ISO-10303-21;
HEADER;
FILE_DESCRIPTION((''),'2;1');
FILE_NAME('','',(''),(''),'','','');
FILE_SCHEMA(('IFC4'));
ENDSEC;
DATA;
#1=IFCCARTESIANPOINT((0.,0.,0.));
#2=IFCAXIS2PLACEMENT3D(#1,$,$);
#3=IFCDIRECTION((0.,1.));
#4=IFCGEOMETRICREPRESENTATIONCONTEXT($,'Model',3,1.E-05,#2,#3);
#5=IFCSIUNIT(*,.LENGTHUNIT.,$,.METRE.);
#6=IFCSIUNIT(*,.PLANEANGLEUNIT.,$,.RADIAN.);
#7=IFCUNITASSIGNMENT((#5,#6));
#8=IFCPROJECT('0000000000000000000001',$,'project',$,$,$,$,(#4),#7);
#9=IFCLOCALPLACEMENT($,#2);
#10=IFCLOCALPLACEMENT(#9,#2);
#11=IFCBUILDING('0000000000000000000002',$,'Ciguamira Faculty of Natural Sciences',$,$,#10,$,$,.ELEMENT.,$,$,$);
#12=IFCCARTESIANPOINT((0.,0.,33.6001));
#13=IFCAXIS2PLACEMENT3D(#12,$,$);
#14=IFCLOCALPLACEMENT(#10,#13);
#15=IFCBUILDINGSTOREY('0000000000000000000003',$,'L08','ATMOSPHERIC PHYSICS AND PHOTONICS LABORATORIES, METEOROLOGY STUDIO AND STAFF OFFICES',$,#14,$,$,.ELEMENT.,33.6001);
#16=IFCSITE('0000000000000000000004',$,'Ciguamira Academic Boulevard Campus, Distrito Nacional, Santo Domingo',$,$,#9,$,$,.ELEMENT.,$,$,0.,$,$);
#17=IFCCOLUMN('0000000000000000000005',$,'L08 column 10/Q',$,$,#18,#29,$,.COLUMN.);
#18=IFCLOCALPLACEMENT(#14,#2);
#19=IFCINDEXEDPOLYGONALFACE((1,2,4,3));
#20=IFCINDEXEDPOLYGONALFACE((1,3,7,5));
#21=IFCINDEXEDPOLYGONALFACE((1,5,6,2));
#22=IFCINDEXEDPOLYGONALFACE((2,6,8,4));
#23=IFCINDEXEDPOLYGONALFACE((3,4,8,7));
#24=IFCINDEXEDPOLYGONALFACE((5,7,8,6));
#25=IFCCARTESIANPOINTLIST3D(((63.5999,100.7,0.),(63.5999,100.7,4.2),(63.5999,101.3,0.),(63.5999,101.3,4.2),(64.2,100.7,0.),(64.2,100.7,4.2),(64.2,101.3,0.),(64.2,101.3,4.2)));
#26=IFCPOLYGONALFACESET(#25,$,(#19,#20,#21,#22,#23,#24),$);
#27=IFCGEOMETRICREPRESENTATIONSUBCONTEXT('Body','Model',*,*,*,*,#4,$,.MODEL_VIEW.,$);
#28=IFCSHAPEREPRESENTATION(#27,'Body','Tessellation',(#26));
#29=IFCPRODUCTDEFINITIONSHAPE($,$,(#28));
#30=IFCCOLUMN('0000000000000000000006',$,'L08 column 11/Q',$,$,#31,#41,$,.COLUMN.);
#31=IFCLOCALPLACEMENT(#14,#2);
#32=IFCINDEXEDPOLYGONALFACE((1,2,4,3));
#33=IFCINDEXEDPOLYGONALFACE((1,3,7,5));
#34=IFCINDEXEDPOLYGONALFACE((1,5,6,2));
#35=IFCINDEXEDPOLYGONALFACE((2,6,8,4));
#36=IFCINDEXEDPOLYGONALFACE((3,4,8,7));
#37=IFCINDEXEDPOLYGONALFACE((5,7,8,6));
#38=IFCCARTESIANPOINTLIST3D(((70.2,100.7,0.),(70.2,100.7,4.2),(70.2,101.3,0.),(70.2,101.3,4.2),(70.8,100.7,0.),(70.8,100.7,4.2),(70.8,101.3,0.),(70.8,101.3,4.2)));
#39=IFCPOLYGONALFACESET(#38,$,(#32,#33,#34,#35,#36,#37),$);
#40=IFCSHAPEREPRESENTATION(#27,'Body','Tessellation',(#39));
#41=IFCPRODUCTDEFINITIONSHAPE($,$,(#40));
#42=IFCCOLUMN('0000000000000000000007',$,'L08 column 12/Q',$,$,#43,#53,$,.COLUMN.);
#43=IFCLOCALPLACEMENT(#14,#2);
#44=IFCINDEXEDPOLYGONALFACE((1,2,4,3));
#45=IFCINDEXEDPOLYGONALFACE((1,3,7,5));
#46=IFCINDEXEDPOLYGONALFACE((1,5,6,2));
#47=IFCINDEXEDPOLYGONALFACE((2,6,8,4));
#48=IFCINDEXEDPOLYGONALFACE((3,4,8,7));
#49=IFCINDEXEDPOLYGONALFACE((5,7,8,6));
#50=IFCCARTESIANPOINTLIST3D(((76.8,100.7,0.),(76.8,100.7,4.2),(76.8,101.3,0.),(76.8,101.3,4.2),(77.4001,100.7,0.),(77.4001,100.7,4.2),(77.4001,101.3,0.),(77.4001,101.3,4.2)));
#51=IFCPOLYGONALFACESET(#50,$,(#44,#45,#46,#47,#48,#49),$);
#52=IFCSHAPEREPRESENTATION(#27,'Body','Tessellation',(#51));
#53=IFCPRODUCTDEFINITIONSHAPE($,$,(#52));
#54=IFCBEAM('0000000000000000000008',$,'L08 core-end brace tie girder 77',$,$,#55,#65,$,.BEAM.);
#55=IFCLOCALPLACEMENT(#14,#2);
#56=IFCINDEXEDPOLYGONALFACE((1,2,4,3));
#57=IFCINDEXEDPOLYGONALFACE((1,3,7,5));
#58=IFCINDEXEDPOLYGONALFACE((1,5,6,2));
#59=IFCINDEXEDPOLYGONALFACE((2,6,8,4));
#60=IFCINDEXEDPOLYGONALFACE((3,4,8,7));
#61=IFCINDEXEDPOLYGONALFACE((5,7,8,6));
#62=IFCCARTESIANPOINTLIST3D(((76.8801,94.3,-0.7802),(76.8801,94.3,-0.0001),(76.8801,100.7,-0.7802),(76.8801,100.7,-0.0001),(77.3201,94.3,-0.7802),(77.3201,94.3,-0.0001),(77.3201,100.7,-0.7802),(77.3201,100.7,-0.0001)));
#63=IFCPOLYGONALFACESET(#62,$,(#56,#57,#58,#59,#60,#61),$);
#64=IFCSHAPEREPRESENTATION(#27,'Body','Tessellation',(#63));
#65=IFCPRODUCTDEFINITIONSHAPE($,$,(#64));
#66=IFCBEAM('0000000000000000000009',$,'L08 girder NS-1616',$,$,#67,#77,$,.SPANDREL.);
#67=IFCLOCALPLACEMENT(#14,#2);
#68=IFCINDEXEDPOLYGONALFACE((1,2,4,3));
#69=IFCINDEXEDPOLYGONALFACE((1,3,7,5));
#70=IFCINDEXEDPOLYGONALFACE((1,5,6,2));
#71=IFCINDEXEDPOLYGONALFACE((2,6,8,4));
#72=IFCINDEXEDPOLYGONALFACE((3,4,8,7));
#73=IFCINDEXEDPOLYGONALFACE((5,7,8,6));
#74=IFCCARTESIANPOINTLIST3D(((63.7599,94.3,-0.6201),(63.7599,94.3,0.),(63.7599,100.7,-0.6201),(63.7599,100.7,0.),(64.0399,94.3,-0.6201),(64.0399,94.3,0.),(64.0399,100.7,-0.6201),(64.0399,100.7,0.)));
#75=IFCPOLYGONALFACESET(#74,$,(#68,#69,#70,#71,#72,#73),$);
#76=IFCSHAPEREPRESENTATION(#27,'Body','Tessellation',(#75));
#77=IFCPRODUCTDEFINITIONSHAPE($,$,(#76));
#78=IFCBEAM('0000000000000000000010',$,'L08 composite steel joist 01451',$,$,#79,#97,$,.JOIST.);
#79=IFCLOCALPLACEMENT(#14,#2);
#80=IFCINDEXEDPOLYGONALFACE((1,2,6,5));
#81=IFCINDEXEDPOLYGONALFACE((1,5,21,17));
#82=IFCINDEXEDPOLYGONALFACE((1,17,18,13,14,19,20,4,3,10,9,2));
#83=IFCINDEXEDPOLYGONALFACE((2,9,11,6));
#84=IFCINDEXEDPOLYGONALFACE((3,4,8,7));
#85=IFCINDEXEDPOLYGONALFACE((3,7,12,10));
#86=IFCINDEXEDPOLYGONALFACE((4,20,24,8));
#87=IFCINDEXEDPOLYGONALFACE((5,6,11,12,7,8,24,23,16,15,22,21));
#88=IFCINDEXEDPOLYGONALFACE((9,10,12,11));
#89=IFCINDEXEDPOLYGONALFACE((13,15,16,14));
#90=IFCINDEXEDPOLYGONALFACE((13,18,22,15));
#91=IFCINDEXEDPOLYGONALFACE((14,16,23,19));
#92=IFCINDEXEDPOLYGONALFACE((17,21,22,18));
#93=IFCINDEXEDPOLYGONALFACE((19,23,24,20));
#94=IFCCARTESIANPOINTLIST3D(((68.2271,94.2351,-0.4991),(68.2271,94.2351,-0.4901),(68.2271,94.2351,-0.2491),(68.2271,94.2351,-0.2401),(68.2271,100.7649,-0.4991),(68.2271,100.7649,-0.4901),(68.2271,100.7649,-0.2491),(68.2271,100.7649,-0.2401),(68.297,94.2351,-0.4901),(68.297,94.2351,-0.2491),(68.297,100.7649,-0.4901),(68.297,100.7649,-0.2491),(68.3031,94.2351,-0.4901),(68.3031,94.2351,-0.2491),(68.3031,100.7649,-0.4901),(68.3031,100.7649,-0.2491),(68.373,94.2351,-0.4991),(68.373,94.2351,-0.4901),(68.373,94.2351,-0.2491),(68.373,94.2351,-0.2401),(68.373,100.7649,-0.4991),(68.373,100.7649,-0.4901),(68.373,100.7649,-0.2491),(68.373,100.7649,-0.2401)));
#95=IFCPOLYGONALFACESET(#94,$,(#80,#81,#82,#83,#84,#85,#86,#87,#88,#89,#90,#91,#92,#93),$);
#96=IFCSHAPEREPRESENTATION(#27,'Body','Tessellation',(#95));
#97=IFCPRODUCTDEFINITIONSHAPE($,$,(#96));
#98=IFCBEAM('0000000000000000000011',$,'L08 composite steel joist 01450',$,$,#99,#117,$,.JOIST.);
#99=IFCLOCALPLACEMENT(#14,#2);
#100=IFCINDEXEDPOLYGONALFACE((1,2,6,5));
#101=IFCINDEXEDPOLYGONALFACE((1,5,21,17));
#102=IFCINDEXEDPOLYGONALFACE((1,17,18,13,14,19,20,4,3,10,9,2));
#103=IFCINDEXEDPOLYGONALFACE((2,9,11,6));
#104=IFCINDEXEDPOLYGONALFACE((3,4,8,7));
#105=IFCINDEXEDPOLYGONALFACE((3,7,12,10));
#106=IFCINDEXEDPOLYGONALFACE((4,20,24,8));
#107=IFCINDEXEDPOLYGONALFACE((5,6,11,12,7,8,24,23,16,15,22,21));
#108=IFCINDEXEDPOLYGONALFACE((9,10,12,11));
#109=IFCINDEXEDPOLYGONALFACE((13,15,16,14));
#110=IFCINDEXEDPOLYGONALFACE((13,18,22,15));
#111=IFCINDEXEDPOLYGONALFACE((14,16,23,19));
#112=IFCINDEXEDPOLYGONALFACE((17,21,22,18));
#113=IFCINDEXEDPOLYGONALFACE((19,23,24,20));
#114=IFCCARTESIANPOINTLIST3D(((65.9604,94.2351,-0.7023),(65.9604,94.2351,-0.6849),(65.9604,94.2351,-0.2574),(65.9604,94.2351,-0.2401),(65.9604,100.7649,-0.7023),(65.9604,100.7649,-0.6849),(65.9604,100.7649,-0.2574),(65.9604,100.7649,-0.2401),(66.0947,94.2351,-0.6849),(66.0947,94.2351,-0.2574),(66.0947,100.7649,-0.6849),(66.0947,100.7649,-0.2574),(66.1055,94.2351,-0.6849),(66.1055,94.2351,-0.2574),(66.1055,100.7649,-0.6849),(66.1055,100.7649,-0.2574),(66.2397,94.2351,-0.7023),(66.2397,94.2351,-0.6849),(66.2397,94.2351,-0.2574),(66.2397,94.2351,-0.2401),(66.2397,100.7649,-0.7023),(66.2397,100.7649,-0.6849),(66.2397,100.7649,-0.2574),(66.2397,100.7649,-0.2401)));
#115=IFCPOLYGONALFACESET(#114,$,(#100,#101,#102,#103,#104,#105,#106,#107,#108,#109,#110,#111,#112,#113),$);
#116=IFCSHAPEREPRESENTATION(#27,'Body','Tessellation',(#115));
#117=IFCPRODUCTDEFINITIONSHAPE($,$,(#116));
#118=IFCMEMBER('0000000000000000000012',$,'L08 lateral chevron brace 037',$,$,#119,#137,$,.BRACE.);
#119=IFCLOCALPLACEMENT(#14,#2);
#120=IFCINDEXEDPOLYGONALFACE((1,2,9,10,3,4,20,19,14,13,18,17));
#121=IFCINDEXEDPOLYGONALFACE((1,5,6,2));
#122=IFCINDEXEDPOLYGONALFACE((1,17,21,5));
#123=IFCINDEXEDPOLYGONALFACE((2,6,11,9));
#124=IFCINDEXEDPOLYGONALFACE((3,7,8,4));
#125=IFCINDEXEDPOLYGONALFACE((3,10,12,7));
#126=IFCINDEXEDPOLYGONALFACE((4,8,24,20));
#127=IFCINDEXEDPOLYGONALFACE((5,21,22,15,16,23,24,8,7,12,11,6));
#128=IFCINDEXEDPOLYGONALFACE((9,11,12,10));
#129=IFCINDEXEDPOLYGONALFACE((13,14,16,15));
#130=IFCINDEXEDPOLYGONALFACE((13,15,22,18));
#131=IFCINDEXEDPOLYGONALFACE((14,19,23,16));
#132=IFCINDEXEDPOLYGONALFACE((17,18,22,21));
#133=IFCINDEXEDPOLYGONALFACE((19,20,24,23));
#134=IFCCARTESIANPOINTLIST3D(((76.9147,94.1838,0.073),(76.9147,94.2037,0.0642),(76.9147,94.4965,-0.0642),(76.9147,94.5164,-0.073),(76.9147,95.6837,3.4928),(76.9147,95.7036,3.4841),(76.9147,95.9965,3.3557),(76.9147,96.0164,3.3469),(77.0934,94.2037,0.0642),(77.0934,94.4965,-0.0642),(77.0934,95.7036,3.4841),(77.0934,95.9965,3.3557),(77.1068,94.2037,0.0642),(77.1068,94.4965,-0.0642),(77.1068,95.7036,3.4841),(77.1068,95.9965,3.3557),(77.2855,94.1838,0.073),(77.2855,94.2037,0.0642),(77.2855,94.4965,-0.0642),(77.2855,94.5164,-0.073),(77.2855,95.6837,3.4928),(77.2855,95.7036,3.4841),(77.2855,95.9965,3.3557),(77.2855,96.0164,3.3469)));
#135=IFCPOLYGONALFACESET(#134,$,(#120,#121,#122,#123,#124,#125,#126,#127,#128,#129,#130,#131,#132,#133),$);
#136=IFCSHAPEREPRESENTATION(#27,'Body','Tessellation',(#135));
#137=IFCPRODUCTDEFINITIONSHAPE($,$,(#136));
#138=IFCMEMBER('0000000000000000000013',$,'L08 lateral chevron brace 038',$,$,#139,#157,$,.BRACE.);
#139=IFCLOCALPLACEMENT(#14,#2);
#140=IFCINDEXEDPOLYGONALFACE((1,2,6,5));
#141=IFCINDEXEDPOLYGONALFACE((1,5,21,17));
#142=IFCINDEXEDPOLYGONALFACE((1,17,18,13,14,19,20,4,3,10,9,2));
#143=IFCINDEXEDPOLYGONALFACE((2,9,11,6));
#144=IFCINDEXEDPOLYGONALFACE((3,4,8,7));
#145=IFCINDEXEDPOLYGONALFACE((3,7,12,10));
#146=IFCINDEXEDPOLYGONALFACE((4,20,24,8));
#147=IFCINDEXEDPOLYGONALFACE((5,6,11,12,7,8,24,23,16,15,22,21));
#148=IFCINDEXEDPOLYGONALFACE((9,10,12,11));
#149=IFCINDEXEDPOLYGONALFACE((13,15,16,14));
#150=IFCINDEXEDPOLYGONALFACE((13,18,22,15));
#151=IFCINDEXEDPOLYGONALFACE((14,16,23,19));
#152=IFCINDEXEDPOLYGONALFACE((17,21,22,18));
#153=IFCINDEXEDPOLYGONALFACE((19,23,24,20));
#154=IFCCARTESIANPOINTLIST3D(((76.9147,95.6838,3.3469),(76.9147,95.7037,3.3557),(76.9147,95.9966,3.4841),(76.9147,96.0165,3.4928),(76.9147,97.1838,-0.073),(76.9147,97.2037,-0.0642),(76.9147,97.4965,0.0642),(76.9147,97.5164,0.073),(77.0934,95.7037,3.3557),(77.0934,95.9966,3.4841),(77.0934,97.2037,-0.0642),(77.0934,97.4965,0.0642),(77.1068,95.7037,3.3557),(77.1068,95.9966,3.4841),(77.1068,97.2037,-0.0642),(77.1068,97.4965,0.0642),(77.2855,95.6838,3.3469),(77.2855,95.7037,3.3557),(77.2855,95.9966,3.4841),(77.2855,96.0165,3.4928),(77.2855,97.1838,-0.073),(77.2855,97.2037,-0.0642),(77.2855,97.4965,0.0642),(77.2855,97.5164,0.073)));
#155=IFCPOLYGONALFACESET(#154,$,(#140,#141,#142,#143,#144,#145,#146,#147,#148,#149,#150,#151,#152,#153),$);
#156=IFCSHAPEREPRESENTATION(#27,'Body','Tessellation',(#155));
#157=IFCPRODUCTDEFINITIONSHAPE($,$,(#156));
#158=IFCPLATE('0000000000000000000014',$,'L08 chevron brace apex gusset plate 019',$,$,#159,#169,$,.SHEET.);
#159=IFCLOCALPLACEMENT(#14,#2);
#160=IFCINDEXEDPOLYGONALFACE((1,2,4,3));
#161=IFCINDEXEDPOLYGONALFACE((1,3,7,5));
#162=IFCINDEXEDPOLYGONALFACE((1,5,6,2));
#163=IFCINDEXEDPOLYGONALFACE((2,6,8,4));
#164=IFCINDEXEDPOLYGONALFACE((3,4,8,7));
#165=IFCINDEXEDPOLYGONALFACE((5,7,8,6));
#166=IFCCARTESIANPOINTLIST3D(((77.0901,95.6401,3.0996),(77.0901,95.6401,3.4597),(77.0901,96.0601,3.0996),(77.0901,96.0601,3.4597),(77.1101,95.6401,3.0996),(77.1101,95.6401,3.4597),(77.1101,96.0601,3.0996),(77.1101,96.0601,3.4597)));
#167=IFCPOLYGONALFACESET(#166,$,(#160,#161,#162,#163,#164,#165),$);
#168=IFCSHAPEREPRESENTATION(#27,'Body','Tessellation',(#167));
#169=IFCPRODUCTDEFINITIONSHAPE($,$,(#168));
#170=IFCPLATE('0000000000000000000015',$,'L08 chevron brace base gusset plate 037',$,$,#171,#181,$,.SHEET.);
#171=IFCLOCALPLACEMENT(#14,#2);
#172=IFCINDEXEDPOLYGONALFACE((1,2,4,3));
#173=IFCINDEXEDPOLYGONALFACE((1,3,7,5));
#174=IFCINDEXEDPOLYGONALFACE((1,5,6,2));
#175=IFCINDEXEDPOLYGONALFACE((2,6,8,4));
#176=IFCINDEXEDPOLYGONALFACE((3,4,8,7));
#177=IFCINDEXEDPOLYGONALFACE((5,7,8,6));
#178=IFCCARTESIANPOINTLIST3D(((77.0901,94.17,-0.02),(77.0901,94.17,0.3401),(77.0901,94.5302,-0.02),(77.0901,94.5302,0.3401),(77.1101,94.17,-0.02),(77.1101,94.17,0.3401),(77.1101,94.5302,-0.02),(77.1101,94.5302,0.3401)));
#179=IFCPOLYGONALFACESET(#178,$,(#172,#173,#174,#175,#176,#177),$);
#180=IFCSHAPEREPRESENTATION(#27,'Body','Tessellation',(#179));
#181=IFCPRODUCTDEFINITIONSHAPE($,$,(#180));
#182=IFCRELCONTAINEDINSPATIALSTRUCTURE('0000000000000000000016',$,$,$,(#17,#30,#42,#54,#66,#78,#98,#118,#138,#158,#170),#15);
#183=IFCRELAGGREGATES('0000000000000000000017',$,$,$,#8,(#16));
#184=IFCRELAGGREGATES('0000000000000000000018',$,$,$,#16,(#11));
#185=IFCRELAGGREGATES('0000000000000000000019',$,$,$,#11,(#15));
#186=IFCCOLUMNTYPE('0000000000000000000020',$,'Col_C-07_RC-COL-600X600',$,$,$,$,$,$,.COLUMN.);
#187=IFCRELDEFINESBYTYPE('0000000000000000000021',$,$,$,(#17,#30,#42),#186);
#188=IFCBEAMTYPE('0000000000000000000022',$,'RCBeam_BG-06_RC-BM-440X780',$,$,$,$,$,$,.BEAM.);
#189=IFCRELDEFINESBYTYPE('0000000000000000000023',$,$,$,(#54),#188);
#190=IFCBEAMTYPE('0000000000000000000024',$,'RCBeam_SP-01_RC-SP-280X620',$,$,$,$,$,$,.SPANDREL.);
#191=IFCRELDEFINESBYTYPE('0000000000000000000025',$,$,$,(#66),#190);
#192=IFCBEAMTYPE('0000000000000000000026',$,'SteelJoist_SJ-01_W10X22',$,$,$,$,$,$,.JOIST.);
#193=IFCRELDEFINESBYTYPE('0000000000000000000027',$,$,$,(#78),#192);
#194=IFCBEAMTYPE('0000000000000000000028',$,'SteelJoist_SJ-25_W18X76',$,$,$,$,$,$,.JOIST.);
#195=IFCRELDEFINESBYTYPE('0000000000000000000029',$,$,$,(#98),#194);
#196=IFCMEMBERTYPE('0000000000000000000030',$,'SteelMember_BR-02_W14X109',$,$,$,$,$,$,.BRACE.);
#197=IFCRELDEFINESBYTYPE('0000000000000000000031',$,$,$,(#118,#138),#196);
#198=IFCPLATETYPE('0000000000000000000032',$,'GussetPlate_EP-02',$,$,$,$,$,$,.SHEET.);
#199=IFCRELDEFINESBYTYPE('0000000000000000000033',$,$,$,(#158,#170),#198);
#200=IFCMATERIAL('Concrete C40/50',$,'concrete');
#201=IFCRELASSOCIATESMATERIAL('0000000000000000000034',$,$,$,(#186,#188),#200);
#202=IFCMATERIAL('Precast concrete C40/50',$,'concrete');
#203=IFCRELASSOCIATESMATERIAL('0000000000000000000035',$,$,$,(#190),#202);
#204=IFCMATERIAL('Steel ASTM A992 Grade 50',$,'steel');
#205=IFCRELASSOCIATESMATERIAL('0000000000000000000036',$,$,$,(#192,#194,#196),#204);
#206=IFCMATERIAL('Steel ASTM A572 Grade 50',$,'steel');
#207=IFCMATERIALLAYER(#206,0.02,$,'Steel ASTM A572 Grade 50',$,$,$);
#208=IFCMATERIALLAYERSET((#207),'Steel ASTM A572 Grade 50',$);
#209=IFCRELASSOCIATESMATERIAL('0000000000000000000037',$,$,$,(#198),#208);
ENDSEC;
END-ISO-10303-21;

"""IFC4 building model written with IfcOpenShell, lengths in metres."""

from ifc_helpers import new_model, si_unit, direction, frame, origin, origin_2d, place, context, subcontext, project, spatial, rectangle, i_section, extrude, material, layer, layer_set, material_profile, profile_set, type_object, element, save


model = new_model("IFC4")

# Units and contexts
model_context = context("Model", 3, precision=1e-05, world=origin(), true_north=direction((0.0, 1.0)))
body_context = subcontext(model_context, "Body", "Model", "MODEL_VIEW")
ifc_project = project(units=[si_unit("LENGTHUNIT", "METRE"), si_unit("PLANEANGLEUNIT", "RADIAN")], contexts=[model_context])

# Site, building, storey
site_placement = place(None, origin())
site = spatial("IfcSite", under=ifc_project, at=site_placement, Name="Ciguamira Academic Boulevard Campus, Distrito Nacional, Santo Domingo", CompositionType="ELEMENT", RefElevation=0.0)
building_placement = place(site_placement, origin())
building = spatial("IfcBuilding", under=site, at=building_placement, Name="Ciguamira Faculty of Natural Sciences", CompositionType="ELEMENT")
storey_placement = place(building_placement, frame((0.0, 0.0, 33.6001)))
storey = spatial("IfcBuildingStorey", under=building, at=storey_placement, Name="L08", Description="ATMOSPHERIC PHYSICS AND PHOTONICS LABORATORIES, METEOROLOGY STUDIO AND STAFF OFFICES", CompositionType="ELEMENT", Elevation=33.6001)

# Columns
ifc_material_1 = material(Name="Concrete C40/50", Category="concrete")
ifc_material_profile_1 = material_profile(ifc_material_1, rectangle(XDim=0.6001, YDim=0.6001, at=origin_2d()), Name="RC-COL-600X600")
ifc_profile_set_1 = profile_set([ifc_material_profile_1], Name="Concrete C40/50")
column_type = type_object("IfcColumnType", Name="Col_C-07_RC-COL-600X600", PredefinedType="COLUMN", material=ifc_profile_set_1)
for number, where, z_axis, x_axis, name in (
    (1, (63.8999, 101.0, 0.0), (0.0, 0.0, 1.0), (1.0, 0.0, 0.0), "L08 column 10/Q"),
    (2, (70.5, 101.0, 0.0), (0.0, 0.0, 1.0), (1.0, 0.0, 0.0), "L08 column 11/Q"),
    (3, (77.1001, 101.0, 0.0), (0.0, 0.0, 1.0), (1.0, 0.0, 0.0), "L08 column 12/Q"),
):
    element("IfcColumn", number, at=place(storey_placement, frame(where, z_axis=z_axis, x_axis=x_axis)), inside=storey, type_object=column_type, Name=name, PredefinedType="COLUMN", context=body_context, shape_type="SweptSolid", body=[
        extrude(rectangle(XDim=0.6001, YDim=0.6001, at=origin_2d()), origin(), (0.0, 0.0, 1.0), 4.2),
    ])

# Beams
ifc_material_profile_2 = material_profile(ifc_material_1, rectangle(XDim=0.4399, YDim=0.78, at=origin_2d()), Name="RC-BM-440X780")
ifc_profile_set_2 = profile_set([ifc_material_profile_2], Name="Concrete C40/50")
beam_type_1 = type_object("IfcBeamType", Name="RCBeam_BG-06_RC-BM-440X780", PredefinedType="BEAM", material=ifc_profile_set_2)
beam_1_placement = place(storey_placement, frame((77.1001, 94.3, -0.3901), z_axis=(0.0, 1.0, 0.0), x_axis=(-1.0, 0.0, 0.0)))
element("IfcBeam", 4, at=beam_1_placement, inside=storey, type_object=beam_type_1, Name="L08 core-end brace tie girder 77", PredefinedType="BEAM", context=body_context, shape_type="SweptSolid", body=[
    extrude(rectangle(XDim=0.4399, YDim=0.78, at=origin_2d()), origin(), (0.0, 0.0, 1.0), 6.3999),
])
ifc_material_2 = material(Name="Precast concrete C40/50", Category="concrete")
ifc_material_profile_3 = material_profile(ifc_material_2, rectangle(XDim=0.28, YDim=0.6201, at=origin_2d()), Name="RC-SP-280X620")
ifc_profile_set_3 = profile_set([ifc_material_profile_3], Name="Precast concrete C40/50")
beam_type_2 = type_object("IfcBeamType", Name="RCBeam_SP-01_RC-SP-280X620", PredefinedType="SPANDREL", material=ifc_profile_set_3)
beam_2_placement = place(storey_placement, frame((63.8999, 94.3, -0.3101), z_axis=(0.0, 1.0, 0.0), x_axis=(-1.0, 0.0, 0.0)))
element("IfcBeam", 5, at=beam_2_placement, inside=storey, type_object=beam_type_2, Name="L08 girder NS-1616", PredefinedType="SPANDREL", context=body_context, shape_type="SweptSolid", body=[
    extrude(rectangle(XDim=0.28, YDim=0.6201, at=origin_2d()), origin(), (0.0, 0.0, 1.0), 6.3999),
])
ifc_material_3 = material(Name="Steel ASTM A992 Grade 50", Category="steel")
ifc_material_profile_4 = material_profile(ifc_material_3, i_section(OverallWidth=0.146, OverallDepth=0.259, WebThickness=0.0061, FlangeThickness=0.009, at=origin_2d()), Name="W10X22")
ifc_profile_set_4 = profile_set([ifc_material_profile_4], Name="Steel ASTM A992 Grade 50")
beam_type_3 = type_object("IfcBeamType", Name="SteelJoist_SJ-01_W10X22", PredefinedType="JOIST", material=ifc_profile_set_4)
beam_3_placement = place(storey_placement, frame((68.3, 94.2351, -0.3696), z_axis=(0.0, 1.0, 0.0), x_axis=(-1.0, 0.0, 0.0)))
element("IfcBeam", 6, at=beam_3_placement, inside=storey, type_object=beam_type_3, Name="L08 composite steel joist 01451", PredefinedType="JOIST", context=body_context, shape_type="SweptSolid", body=[
    extrude(i_section(OverallWidth=0.146, OverallDepth=0.259, WebThickness=0.0061, FlangeThickness=0.009, at=origin_2d()), origin(), (0.0, 0.0, 1.0), 6.5298),
])
ifc_material_profile_5 = material_profile(ifc_material_3, i_section(OverallWidth=0.2793, OverallDepth=0.4622, WebThickness=0.0107, FlangeThickness=0.0173, at=origin_2d()), Name="W18X76")
ifc_profile_set_5 = profile_set([ifc_material_profile_5], Name="Steel ASTM A992 Grade 50")
beam_type_4 = type_object("IfcBeamType", Name="SteelJoist_SJ-25_W18X76", PredefinedType="JOIST", material=ifc_profile_set_5)
beam_4_placement = place(storey_placement, frame((66.1001, 94.2351, -0.4712), z_axis=(0.0, 1.0, 0.0), x_axis=(-1.0, 0.0, 0.0)))
element("IfcBeam", 7, at=beam_4_placement, inside=storey, type_object=beam_type_4, Name="L08 composite steel joist 01450", PredefinedType="JOIST", context=body_context, shape_type="SweptSolid", body=[
    extrude(i_section(OverallWidth=0.2793, OverallDepth=0.4622, WebThickness=0.0107, FlangeThickness=0.0173, at=origin_2d()), origin(), (0.0, 0.0, 1.0), 6.5298),
])

# Members
ifc_material_profile_6 = material_profile(ifc_material_3, i_section(OverallWidth=0.3708, OverallDepth=0.3633, WebThickness=0.0134, FlangeThickness=0.0217, at=origin_2d()), Name="W14X109")
ifc_profile_set_6 = profile_set([ifc_material_profile_6], Name="Steel ASTM A992 Grade 50")
member_type = type_object("IfcMemberType", Name="SteelMember_BR-02_W14X109", PredefinedType="BRACE", material=ifc_profile_set_6)
for number, where, z_axis, x_axis, name in (
    (8, (77.1001, 94.3501, 0.0), (0.0, 0.401669, 0.915785), (-1.0, 0.0, 0.0), "L08 lateral chevron brace 037"),
    (9, (77.1001, 97.3501, 0.0), (0.0, -0.401669, 0.915785), (1.0, 0.0, 0.0), "L08 lateral chevron brace 038"),
):
    element("IfcMember", number, at=place(storey_placement, frame(where, z_axis=z_axis, x_axis=x_axis)), inside=storey, type_object=member_type, Name=name, PredefinedType="BRACE", context=body_context, shape_type="SweptSolid", body=[
        extrude(i_section(OverallWidth=0.3708, OverallDepth=0.3633, WebThickness=0.0134, FlangeThickness=0.0217, at=origin_2d()), origin(), (0.0, 0.0, 1.0), 3.7344),
    ])

# Plates
ifc_material_4 = material(Name="Steel ASTM A572 Grade 50", Category="steel")
ifc_layer_1 = layer(ifc_material_4, 0.02, Name="Steel ASTM A572 Grade 50")
ifc_layer_set_1 = layer_set([ifc_layer_1], Name="Steel ASTM A572 Grade 50")
plate_type = type_object("IfcPlateType", Name="GussetPlate_EP-02", PredefinedType="SHEET", material=ifc_layer_set_1)
plate_placement = place(storey_placement, frame((77.1001, 95.8501, 3.0996), z_axis=(0.0, 0.0, 1.0), x_axis=(1.0, 0.0, 0.0)))
element("IfcPlate", 10, at=plate_placement, inside=storey, type_object=plate_type, Name="L08 chevron brace apex gusset plate 019", PredefinedType="SHEET", context=body_context, shape_type="SweptSolid", body=[
    extrude(rectangle(XDim=0.02, YDim=0.4199, at=origin_2d()), origin(), (0.0, 0.0, 1.0), 0.3601),
])
for number, where, z_axis, x_axis, name in (
    (11, (77.1001, 94.3501, -0.02), (0.0, 0.0, 1.0), (1.0, 0.0, 0.0), "L08 chevron brace base gusset plate 037"),
):
    element("IfcPlate", number, at=place(storey_placement, frame(where, z_axis=z_axis, x_axis=x_axis)), inside=storey, type_object=plate_type, Name=name, PredefinedType="SHEET", context=body_context, shape_type="SweptSolid", body=[
        extrude(rectangle(XDim=0.02, YDim=0.3601, at=origin_2d()), origin(), (0.0, 0.0, 1.0), 0.3601),
    ])

save(model, "model.ifc")
